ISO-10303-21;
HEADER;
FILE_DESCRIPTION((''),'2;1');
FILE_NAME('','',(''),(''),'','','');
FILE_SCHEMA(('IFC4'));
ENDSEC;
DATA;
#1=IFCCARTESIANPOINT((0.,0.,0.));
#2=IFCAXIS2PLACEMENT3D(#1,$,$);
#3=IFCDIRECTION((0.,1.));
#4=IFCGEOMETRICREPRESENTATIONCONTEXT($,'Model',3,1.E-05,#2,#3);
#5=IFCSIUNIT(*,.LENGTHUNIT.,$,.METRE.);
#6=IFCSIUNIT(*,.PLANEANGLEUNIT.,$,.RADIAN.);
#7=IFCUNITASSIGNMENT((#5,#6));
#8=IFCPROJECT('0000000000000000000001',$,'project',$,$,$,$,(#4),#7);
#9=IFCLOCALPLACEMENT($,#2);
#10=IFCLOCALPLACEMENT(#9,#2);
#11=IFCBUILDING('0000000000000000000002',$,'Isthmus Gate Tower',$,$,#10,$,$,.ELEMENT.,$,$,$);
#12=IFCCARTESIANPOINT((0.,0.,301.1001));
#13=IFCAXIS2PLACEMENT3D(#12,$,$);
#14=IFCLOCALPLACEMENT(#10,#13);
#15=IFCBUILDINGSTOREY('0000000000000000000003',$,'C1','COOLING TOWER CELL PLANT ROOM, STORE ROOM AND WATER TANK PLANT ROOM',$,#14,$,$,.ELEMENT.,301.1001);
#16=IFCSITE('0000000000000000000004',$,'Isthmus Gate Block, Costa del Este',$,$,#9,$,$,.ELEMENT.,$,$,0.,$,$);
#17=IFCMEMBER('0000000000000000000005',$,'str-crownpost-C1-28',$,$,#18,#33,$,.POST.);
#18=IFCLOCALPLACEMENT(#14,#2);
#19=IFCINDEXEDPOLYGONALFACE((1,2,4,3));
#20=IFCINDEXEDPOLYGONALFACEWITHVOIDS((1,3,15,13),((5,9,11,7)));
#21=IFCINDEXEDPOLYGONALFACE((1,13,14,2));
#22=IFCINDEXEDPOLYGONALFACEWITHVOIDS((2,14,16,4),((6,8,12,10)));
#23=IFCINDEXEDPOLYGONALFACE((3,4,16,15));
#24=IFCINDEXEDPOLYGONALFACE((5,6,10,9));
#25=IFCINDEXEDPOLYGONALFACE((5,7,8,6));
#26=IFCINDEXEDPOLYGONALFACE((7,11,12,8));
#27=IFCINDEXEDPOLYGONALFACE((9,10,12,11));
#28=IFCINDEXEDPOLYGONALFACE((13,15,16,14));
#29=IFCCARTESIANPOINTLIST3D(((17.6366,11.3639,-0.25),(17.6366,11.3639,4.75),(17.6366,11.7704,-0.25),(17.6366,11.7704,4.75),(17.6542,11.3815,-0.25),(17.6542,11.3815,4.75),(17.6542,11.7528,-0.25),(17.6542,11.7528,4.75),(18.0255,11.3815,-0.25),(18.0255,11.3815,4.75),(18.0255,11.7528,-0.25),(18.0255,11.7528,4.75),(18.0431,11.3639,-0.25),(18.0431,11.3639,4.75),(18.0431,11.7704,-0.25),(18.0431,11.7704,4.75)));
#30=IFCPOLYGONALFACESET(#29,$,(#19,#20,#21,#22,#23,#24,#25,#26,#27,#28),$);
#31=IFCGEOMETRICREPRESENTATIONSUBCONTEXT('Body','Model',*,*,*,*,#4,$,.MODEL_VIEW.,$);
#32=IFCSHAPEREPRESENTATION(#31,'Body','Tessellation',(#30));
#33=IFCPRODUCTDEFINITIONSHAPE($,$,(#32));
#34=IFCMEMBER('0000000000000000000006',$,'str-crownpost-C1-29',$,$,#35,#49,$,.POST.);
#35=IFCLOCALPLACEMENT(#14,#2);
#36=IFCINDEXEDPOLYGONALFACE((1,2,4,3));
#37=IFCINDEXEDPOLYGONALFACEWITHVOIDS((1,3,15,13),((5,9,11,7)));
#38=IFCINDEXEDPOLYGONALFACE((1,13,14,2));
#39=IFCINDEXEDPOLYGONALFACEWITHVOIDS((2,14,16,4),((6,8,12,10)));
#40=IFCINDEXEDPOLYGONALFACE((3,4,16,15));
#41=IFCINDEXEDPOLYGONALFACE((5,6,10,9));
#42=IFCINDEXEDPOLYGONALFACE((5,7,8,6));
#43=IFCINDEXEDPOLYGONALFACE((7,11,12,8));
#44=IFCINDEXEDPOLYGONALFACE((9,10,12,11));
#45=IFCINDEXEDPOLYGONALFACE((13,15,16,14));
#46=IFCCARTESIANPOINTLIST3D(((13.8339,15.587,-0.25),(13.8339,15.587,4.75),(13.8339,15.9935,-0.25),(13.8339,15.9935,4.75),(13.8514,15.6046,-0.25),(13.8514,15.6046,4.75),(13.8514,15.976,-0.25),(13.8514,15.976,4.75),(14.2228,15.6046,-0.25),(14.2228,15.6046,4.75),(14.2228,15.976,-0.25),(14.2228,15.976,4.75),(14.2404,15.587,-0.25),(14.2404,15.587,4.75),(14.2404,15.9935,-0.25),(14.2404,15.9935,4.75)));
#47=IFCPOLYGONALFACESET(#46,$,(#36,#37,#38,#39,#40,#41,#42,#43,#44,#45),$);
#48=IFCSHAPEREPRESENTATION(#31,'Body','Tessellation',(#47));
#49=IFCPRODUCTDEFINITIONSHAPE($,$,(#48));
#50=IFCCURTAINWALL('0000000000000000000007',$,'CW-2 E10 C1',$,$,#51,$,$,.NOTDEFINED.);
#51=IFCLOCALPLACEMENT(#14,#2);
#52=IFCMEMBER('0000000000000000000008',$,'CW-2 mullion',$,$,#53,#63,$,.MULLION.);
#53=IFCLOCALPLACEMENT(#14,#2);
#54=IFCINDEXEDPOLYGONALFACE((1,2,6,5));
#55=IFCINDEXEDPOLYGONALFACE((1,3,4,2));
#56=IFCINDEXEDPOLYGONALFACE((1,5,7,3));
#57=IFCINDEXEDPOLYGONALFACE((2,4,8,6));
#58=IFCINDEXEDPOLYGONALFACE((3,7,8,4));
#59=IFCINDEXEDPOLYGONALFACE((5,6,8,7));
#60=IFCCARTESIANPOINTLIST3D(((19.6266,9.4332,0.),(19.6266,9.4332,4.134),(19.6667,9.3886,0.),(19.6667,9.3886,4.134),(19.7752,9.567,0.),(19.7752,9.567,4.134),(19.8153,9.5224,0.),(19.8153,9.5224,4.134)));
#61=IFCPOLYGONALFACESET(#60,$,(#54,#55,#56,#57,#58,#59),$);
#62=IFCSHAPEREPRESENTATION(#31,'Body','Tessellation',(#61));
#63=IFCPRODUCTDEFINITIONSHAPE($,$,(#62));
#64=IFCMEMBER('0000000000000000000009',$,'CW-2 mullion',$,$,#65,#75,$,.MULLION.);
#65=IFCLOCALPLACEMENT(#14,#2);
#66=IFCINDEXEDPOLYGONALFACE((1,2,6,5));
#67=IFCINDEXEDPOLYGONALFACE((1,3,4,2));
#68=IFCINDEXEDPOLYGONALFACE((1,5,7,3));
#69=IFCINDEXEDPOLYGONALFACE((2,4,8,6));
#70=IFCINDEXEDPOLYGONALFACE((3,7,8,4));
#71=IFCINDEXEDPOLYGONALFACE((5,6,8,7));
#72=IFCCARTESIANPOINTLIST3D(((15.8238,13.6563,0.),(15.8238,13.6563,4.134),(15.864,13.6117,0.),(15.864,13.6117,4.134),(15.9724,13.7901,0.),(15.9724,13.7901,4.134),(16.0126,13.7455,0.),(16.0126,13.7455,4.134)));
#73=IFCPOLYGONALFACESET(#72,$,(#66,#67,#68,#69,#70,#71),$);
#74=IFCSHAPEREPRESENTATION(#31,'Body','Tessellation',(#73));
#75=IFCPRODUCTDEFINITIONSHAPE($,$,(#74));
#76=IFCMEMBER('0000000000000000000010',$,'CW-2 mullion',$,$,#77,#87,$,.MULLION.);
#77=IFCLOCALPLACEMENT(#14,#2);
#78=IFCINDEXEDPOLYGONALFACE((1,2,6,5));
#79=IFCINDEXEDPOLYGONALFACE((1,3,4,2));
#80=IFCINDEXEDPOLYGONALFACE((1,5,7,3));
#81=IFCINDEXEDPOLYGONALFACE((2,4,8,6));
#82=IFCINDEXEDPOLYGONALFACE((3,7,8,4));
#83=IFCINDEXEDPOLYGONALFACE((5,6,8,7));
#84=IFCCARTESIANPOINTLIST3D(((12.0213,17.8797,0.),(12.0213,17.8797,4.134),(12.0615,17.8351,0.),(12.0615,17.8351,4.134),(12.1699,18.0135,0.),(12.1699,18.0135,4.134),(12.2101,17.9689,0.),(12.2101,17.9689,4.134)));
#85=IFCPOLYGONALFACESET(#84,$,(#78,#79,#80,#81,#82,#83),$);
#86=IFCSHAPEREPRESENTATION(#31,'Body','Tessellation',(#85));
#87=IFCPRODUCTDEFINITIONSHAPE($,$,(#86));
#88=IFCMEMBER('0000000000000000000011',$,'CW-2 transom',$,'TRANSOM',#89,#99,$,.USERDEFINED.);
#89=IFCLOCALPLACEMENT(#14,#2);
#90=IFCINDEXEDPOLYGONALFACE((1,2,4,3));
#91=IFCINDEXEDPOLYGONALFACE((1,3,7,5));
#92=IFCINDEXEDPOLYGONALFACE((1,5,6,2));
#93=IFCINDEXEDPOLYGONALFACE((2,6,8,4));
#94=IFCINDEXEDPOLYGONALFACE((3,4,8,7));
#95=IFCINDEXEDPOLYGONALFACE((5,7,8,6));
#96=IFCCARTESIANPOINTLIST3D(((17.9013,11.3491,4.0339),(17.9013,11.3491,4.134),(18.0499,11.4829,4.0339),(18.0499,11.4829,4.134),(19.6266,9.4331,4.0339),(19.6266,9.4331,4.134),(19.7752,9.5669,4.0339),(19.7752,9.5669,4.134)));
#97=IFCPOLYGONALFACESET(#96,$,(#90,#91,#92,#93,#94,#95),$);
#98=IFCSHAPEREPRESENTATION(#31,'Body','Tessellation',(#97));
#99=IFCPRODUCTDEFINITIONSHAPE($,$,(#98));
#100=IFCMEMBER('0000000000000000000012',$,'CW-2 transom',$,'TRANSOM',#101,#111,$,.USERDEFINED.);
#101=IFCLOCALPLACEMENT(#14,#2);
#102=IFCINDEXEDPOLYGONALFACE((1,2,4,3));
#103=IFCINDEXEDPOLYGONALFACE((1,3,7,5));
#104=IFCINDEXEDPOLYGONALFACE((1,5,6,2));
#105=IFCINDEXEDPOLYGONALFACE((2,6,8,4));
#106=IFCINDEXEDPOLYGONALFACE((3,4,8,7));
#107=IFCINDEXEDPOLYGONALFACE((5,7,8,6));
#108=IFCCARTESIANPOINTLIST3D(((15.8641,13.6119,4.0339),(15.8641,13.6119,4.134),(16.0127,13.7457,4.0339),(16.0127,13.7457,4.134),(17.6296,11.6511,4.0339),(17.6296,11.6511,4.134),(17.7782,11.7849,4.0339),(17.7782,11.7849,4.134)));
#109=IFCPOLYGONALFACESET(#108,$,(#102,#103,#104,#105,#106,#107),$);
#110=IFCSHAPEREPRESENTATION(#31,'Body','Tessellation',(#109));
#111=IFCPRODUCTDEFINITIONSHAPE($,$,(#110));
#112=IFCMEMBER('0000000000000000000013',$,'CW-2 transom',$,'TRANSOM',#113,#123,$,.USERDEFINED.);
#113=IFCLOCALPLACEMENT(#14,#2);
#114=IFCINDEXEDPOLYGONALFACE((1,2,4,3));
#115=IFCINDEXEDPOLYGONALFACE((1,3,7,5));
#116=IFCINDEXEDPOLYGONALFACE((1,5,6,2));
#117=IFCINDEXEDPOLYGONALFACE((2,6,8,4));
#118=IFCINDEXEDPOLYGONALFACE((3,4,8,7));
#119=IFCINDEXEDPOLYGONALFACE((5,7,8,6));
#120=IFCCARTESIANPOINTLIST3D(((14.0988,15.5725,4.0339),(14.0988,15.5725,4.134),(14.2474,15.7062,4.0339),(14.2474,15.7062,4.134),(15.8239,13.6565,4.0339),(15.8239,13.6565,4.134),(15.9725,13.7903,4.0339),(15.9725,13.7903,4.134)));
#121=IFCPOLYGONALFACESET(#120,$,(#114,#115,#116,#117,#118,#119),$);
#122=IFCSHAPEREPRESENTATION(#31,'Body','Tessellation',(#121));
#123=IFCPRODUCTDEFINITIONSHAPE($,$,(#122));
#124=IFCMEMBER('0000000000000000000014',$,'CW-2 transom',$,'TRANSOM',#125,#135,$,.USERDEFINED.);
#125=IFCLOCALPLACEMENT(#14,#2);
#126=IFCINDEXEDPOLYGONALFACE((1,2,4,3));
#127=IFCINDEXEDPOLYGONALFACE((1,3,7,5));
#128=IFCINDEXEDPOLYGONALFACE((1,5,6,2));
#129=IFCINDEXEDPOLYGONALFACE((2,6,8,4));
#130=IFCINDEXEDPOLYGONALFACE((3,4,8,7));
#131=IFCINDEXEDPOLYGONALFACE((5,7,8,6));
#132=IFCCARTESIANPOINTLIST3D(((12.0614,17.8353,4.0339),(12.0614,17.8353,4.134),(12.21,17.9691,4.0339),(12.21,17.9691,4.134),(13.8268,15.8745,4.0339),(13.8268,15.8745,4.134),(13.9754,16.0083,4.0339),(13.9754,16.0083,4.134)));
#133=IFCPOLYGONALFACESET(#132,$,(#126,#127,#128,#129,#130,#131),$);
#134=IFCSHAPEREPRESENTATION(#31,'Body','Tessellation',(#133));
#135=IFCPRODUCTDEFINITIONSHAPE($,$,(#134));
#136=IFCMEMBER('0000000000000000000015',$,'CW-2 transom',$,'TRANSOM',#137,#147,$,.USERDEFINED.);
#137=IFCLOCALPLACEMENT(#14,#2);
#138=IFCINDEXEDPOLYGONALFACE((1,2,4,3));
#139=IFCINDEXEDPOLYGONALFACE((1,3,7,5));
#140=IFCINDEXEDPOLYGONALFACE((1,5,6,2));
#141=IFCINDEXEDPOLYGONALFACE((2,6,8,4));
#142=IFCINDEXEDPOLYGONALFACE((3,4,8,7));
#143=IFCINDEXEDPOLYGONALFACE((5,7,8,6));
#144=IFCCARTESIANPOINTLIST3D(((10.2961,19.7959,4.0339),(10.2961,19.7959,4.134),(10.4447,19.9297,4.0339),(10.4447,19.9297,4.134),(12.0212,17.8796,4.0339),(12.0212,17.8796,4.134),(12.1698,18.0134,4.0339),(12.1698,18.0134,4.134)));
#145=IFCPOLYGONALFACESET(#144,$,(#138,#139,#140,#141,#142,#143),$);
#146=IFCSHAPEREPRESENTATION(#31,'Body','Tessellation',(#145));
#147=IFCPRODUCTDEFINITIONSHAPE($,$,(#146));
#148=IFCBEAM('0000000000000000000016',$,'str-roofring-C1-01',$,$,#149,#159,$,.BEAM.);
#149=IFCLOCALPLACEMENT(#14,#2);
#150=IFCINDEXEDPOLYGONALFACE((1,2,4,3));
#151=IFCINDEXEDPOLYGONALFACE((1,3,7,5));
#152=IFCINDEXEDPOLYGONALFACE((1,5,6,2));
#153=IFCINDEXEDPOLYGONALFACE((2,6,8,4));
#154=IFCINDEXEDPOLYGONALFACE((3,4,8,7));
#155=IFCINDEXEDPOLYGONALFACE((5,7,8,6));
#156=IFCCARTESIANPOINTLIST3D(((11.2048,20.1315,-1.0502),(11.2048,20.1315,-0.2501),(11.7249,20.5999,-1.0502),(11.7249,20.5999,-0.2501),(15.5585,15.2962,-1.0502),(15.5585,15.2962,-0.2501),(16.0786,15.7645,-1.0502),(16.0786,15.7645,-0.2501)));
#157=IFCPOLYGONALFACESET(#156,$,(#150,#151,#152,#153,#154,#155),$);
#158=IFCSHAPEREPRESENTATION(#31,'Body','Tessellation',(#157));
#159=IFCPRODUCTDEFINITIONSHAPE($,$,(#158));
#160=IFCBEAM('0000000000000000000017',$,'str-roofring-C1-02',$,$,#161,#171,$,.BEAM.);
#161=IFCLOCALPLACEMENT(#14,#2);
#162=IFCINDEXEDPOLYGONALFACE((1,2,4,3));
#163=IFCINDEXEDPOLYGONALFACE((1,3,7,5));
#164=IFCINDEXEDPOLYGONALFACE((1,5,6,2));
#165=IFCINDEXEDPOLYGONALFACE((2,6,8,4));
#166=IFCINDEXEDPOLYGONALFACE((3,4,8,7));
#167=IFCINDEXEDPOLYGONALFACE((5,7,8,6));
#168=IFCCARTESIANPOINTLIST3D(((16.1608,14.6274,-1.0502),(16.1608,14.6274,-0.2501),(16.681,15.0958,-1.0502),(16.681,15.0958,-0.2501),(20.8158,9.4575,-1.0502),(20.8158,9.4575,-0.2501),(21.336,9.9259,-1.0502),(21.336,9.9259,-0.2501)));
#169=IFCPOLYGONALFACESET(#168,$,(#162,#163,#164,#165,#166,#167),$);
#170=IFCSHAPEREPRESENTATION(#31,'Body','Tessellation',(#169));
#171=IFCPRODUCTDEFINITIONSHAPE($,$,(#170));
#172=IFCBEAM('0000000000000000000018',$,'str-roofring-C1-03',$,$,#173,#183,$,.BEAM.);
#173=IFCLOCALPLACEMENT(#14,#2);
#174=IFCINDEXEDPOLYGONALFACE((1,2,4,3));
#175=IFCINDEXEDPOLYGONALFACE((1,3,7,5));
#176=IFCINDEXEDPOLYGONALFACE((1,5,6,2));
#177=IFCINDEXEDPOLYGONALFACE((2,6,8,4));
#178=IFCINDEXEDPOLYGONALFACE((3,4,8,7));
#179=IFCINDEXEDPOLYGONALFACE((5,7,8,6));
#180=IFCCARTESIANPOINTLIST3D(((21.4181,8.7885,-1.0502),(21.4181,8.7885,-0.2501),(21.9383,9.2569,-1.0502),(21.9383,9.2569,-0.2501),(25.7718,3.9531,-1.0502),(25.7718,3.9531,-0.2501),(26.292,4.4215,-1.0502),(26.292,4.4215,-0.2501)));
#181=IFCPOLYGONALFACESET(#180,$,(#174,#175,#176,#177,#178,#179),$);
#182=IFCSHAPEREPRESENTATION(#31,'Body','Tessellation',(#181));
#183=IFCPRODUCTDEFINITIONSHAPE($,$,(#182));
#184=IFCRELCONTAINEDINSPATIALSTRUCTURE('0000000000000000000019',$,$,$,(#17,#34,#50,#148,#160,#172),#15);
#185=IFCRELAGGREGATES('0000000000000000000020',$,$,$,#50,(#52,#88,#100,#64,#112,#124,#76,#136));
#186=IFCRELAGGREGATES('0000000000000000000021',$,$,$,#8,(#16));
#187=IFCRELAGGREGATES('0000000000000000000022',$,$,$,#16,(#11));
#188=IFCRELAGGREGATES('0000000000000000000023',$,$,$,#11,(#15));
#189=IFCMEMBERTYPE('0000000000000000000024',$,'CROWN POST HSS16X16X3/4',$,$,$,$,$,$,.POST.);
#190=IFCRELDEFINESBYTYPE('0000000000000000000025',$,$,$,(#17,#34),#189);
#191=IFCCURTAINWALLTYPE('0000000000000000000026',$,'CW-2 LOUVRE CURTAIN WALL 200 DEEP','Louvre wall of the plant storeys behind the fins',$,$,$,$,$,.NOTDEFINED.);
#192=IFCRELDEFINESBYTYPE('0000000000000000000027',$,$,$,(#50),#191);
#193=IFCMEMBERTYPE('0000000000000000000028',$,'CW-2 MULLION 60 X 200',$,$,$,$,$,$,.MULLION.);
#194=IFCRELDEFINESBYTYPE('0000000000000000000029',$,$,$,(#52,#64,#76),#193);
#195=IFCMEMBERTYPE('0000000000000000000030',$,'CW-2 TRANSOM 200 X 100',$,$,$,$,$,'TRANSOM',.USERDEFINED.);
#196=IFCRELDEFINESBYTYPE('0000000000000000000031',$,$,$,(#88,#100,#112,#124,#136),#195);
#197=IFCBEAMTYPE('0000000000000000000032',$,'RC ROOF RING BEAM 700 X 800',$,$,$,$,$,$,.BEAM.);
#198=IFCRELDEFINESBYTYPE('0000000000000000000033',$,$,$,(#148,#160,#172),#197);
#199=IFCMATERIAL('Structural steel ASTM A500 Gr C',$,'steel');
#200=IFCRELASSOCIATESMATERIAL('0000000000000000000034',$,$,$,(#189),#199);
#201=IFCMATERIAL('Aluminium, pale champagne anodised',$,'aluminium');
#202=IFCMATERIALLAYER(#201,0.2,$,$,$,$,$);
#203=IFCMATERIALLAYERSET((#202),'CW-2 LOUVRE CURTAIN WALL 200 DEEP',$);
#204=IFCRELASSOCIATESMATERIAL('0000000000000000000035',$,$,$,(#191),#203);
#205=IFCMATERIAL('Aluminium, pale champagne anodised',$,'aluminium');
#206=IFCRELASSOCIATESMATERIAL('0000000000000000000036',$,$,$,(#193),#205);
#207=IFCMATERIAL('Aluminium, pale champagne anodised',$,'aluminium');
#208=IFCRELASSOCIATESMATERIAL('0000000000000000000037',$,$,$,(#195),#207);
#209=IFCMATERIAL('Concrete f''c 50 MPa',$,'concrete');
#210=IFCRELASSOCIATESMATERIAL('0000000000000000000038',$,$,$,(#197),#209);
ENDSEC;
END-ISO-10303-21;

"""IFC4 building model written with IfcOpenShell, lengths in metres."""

from ifc_helpers import new_model, si_unit, direction, frame, origin, origin_2d, place, context, subcontext, project, spatial, rectangle, hollow_rectangle, extrude, material, layer, layer_set, material_profile, profile_set, type_object, element, aggregate, save


model = new_model("IFC4")

# Units and contexts
model_context = context("Model", 3, precision=1e-05, world=origin(), true_north=direction((0.0, 1.0)))
body_context = subcontext(model_context, "Body", "Model", "MODEL_VIEW")
ifc_project = project(units=[si_unit("LENGTHUNIT", "METRE"), si_unit("PLANEANGLEUNIT", "RADIAN")], contexts=[model_context])

# Site, building, storey
site_placement = place(None, origin())
site = spatial("IfcSite", under=ifc_project, at=site_placement, Name="Isthmus Gate Block, Costa del Este", CompositionType="ELEMENT", RefElevation=0.0)
building_placement = place(site_placement, origin())
building = spatial("IfcBuilding", under=site, at=building_placement, Name="Isthmus Gate Tower", CompositionType="ELEMENT")
storey_placement = place(building_placement, frame((0.0, 0.0, 301.1001)))
storey = spatial("IfcBuildingStorey", under=building, at=storey_placement, Name="C1", Description="COOLING TOWER CELL PLANT ROOM, STORE ROOM AND WATER TANK PLANT ROOM", CompositionType="ELEMENT", Elevation=301.1001)

# Members
ifc_material_1 = material(Name="Structural steel ASTM A500 Gr C", Category="steel")
ifc_material_profile_1 = material_profile(ifc_material_1, hollow_rectangle(XDim=0.4065, YDim=0.4065, WallThickness=0.0176, at=origin_2d()), Name="HSS16X16X3/4")
ifc_profile_set_1 = profile_set([ifc_material_profile_1], Name="Structural steel ASTM A500 Gr C")
member_type_1 = type_object("IfcMemberType", Name="CROWN POST HSS16X16X3/4", PredefinedType="POST", material=ifc_profile_set_1)
for number, where, z_axis, x_axis, name in (
    (1, (17.8398, 11.5671, -0.25), (0.0, 0.0, 1.0), (1.0, 0.0, 0.0), "str-crownpost-C1-28"),
    (2, (14.0371, 15.7903, -0.25), (0.0, 0.0, 1.0), (1.0, 0.0, 0.0), "str-crownpost-C1-29"),
):
    element("IfcMember", number, at=place(storey_placement, frame(where, z_axis=z_axis, x_axis=x_axis)), inside=storey, type_object=member_type_1, Name=name, PredefinedType="POST", context=body_context, shape_type="SweptSolid", body=[
        extrude(hollow_rectangle(XDim=0.4065, YDim=0.4065, WallThickness=0.0176, at=origin_2d()), origin(), (0.0, 0.0, 1.0), 5.0),
    ])

# Curtain wall, members
ifc_material_2 = material(Name="Aluminium, pale champagne anodised", Category="aluminium")
ifc_layer_1 = layer(ifc_material_2, 0.2)
ifc_layer_set_1 = layer_set([ifc_layer_1], Name="CW-2 LOUVRE CURTAIN WALL 200 DEEP")
curtain_wall_type = type_object("IfcCurtainWallType", Name="CW-2 LOUVRE CURTAIN WALL 200 DEEP", Description="Louvre wall of the plant storeys behind the fins", PredefinedType="NOTDEFINED", material=ifc_layer_set_1)
curtain_wall_placement = place(storey_placement, origin())
curtain_wall = element("IfcCurtainWall", 3, at=curtain_wall_placement, inside=storey, type_object=curtain_wall_type, Name="CW-2 E10 C1", PredefinedType="NOTDEFINED")
ifc_material_3 = material(Name="Aluminium, pale champagne anodised", Category="aluminium")
ifc_material_profile_2 = material_profile(ifc_material_3, rectangle(XDim=0.0601, YDim=0.2, at=origin_2d()), Name="60x200")
ifc_profile_set_2 = profile_set([ifc_material_profile_2], Name="Aluminium, pale champagne anodised")
member_type_2 = type_object("IfcMemberType", Name="CW-2 MULLION 60 X 200", PredefinedType="MULLION", material=ifc_profile_set_2)
member_1_placement = place(storey_placement, frame((19.7209, 9.4778, 0.0), z_axis=(0.0, 0.0, 1.0), x_axis=(-0.669131, 0.743145, 0.0)))
member_1 = element("IfcMember", 4, at=member_1_placement, type_object=member_type_2, Name="CW-2 mullion", PredefinedType="MULLION", context=body_context, shape_type="SweptSolid", body=[
    extrude(rectangle(XDim=0.0601, YDim=0.2, at=origin_2d()), origin(), (0.0, 0.0, 1.0), 4.134),
])
member_2_placement = place(storey_placement, frame((15.9182, 13.7009, 0.0), z_axis=(0.0, 0.0, 1.0), x_axis=(-0.669131, 0.743145, 0.0)))
member_2 = element("IfcMember", 5, at=member_2_placement, type_object=member_type_2, Name="CW-2 mullion", PredefinedType="MULLION", context=body_context, shape_type="SweptSolid", body=[
    extrude(rectangle(XDim=0.0601, YDim=0.2, at=origin_2d()), origin(), (0.0, 0.0, 1.0), 4.134),
])
member_3_placement = place(storey_placement, frame((12.1157, 17.9243, 0.0), z_axis=(0.0, 0.0, 1.0), x_axis=(-0.669131, 0.743145, 0.0)))
member_3 = element("IfcMember", 6, at=member_3_placement, type_object=member_type_2, Name="CW-2 mullion", PredefinedType="MULLION", context=body_context, shape_type="SweptSolid", body=[
    extrude(rectangle(XDim=0.0601, YDim=0.2, at=origin_2d()), origin(), (0.0, 0.0, 1.0), 4.134),
])
ifc_material_4 = material(Name="Aluminium, pale champagne anodised", Category="aluminium")
ifc_material_profile_3 = material_profile(ifc_material_4, rectangle(XDim=0.2, YDim=0.1001, at=origin_2d()), Name="200x100")
ifc_profile_set_3 = profile_set([ifc_material_profile_3], Name="Aluminium, pale champagne anodised")
member_type_3 = type_object("IfcMemberType", Name="CW-2 TRANSOM 200 X 100", ElementType="TRANSOM", PredefinedType="USERDEFINED", material=ifc_profile_set_3)
member_4_placement = place(storey_placement, frame((19.7009, 9.5, 4.084), z_axis=(-0.669164, 0.743115, 0.0), x_axis=(-0.743115, -0.669164, 0.0)))
member_4 = element("IfcMember", 7, at=member_4_placement, type_object=member_type_3, Name="CW-2 transom", ObjectType="TRANSOM", PredefinedType="USERDEFINED", context=body_context, shape_type="SweptSolid", body=[
    extrude(rectangle(XDim=0.2, YDim=0.1001, at=origin_2d()), origin(), (0.0, 0.0, 1.0), 2.5784),
])
member_5_placement = place(storey_placement, frame((17.7039, 11.718, 4.084), z_axis=(-0.669123, 0.743151, 0.0), x_axis=(-0.743151, -0.669123, 0.0)))
member_5 = element("IfcMember", 8, at=member_5_placement, type_object=member_type_3, Name="CW-2 transom", ObjectType="TRANSOM", PredefinedType="USERDEFINED", context=body_context, shape_type="SweptSolid", body=[
    extrude(rectangle(XDim=0.2, YDim=0.1001, at=origin_2d()), origin(), (0.0, 0.0, 1.0), 2.6384),
])
member_6_placement = place(storey_placement, frame((15.8982, 13.7234, 4.084), z_axis=(-0.669111, 0.743162, 0.0), x_axis=(-0.743162, -0.669111, 0.0)))
member_6 = element("IfcMember", 9, at=member_6_placement, type_object=member_type_3, Name="CW-2 transom", ObjectType="TRANSOM", PredefinedType="USERDEFINED", context=body_context, shape_type="SweptSolid", body=[
    extrude(rectangle(XDim=0.2, YDim=0.1001, at=origin_2d()), origin(), (0.0, 0.0, 1.0), 2.5781),
])
member_7_placement = place(storey_placement, frame((13.9011, 15.9414, 4.084), z_axis=(-0.669123, 0.743151, 0.0), x_axis=(-0.743151, -0.669123, 0.0)))
member_7 = element("IfcMember", 10, at=member_7_placement, type_object=member_type_3, Name="CW-2 transom", ObjectType="TRANSOM", PredefinedType="USERDEFINED", context=body_context, shape_type="SweptSolid", body=[
    extrude(rectangle(XDim=0.2, YDim=0.1001, at=origin_2d()), origin(), (0.0, 0.0, 1.0), 2.6384),
])
member_8_placement = place(storey_placement, frame((12.0955, 17.9465, 4.084), z_axis=(-0.669064, 0.743205, 0.0), x_axis=(-0.743205, -0.669064, 0.0)))
member_8 = element("IfcMember", 11, at=member_8_placement, type_object=member_type_3, Name="CW-2 transom", ObjectType="TRANSOM", PredefinedType="USERDEFINED", context=body_context, shape_type="SweptSolid", body=[
    extrude(rectangle(XDim=0.2, YDim=0.1001, at=origin_2d()), origin(), (0.0, 0.0, 1.0), 2.5784),
])

# Beams
ifc_material_5 = material(Name="Concrete f'c 50 MPa", Category="concrete")
ifc_material_profile_4 = material_profile(ifc_material_5, rectangle(XDim=0.7, YDim=0.8, at=origin_2d()), Name="RC 700X800")
ifc_profile_set_4 = profile_set([ifc_material_profile_4], Name="Concrete f'c 50 MPa")
beam_type_1 = type_object("IfcBeamType", Name="RC ROOF RING BEAM 700 X 800", PredefinedType="BEAM", material=ifc_profile_set_4)
beam_1_placement = place(storey_placement, frame((11.4648, 20.3657, -0.6501), z_axis=(0.669122, -0.743152, 0.0), x_axis=(0.743152, 0.669122, 0.0)))
element("IfcBeam", 12, at=beam_1_placement, inside=storey, type_object=beam_type_1, Name="str-roofring-C1-01", PredefinedType="BEAM", context=body_context, shape_type="SweptSolid", body=[
    extrude(rectangle(XDim=0.7, YDim=0.8, at=origin_2d()), origin(), (0.0, 0.0, 1.0), 6.5066),
])
beam_2_placement = place(storey_placement, frame((16.4209, 14.8616, -0.6501), z_axis=(0.669131, -0.743144, 0.0), x_axis=(0.743144, 0.669131, 0.0)))
element("IfcBeam", 13, at=beam_2_placement, inside=storey, type_object=beam_type_1, Name="str-roofring-C1-02", PredefinedType="BEAM", context=body_context, shape_type="SweptSolid", body=[
    extrude(rectangle(XDim=0.7, YDim=0.8, at=origin_2d()), origin(), (0.0, 0.0, 1.0), 6.9568),
])
beam_3_placement = place(storey_placement, frame((21.6782, 9.0227, -0.6501), z_axis=(0.669122, -0.743152, 0.0), x_axis=(0.743152, 0.669122, 0.0)))
element("IfcBeam", 14, at=beam_3_placement, inside=storey, type_object=beam_type_1, Name="str-roofring-C1-03", PredefinedType="BEAM", context=body_context, shape_type="SweptSolid", body=[
    extrude(rectangle(XDim=0.7, YDim=0.8, at=origin_2d()), origin(), (0.0, 0.0, 1.0), 6.5066),
])

aggregate(curtain_wall, [member_1, member_4, member_5, member_2, member_6, member_7, member_3, member_8])

save(model, "model.ifc")
